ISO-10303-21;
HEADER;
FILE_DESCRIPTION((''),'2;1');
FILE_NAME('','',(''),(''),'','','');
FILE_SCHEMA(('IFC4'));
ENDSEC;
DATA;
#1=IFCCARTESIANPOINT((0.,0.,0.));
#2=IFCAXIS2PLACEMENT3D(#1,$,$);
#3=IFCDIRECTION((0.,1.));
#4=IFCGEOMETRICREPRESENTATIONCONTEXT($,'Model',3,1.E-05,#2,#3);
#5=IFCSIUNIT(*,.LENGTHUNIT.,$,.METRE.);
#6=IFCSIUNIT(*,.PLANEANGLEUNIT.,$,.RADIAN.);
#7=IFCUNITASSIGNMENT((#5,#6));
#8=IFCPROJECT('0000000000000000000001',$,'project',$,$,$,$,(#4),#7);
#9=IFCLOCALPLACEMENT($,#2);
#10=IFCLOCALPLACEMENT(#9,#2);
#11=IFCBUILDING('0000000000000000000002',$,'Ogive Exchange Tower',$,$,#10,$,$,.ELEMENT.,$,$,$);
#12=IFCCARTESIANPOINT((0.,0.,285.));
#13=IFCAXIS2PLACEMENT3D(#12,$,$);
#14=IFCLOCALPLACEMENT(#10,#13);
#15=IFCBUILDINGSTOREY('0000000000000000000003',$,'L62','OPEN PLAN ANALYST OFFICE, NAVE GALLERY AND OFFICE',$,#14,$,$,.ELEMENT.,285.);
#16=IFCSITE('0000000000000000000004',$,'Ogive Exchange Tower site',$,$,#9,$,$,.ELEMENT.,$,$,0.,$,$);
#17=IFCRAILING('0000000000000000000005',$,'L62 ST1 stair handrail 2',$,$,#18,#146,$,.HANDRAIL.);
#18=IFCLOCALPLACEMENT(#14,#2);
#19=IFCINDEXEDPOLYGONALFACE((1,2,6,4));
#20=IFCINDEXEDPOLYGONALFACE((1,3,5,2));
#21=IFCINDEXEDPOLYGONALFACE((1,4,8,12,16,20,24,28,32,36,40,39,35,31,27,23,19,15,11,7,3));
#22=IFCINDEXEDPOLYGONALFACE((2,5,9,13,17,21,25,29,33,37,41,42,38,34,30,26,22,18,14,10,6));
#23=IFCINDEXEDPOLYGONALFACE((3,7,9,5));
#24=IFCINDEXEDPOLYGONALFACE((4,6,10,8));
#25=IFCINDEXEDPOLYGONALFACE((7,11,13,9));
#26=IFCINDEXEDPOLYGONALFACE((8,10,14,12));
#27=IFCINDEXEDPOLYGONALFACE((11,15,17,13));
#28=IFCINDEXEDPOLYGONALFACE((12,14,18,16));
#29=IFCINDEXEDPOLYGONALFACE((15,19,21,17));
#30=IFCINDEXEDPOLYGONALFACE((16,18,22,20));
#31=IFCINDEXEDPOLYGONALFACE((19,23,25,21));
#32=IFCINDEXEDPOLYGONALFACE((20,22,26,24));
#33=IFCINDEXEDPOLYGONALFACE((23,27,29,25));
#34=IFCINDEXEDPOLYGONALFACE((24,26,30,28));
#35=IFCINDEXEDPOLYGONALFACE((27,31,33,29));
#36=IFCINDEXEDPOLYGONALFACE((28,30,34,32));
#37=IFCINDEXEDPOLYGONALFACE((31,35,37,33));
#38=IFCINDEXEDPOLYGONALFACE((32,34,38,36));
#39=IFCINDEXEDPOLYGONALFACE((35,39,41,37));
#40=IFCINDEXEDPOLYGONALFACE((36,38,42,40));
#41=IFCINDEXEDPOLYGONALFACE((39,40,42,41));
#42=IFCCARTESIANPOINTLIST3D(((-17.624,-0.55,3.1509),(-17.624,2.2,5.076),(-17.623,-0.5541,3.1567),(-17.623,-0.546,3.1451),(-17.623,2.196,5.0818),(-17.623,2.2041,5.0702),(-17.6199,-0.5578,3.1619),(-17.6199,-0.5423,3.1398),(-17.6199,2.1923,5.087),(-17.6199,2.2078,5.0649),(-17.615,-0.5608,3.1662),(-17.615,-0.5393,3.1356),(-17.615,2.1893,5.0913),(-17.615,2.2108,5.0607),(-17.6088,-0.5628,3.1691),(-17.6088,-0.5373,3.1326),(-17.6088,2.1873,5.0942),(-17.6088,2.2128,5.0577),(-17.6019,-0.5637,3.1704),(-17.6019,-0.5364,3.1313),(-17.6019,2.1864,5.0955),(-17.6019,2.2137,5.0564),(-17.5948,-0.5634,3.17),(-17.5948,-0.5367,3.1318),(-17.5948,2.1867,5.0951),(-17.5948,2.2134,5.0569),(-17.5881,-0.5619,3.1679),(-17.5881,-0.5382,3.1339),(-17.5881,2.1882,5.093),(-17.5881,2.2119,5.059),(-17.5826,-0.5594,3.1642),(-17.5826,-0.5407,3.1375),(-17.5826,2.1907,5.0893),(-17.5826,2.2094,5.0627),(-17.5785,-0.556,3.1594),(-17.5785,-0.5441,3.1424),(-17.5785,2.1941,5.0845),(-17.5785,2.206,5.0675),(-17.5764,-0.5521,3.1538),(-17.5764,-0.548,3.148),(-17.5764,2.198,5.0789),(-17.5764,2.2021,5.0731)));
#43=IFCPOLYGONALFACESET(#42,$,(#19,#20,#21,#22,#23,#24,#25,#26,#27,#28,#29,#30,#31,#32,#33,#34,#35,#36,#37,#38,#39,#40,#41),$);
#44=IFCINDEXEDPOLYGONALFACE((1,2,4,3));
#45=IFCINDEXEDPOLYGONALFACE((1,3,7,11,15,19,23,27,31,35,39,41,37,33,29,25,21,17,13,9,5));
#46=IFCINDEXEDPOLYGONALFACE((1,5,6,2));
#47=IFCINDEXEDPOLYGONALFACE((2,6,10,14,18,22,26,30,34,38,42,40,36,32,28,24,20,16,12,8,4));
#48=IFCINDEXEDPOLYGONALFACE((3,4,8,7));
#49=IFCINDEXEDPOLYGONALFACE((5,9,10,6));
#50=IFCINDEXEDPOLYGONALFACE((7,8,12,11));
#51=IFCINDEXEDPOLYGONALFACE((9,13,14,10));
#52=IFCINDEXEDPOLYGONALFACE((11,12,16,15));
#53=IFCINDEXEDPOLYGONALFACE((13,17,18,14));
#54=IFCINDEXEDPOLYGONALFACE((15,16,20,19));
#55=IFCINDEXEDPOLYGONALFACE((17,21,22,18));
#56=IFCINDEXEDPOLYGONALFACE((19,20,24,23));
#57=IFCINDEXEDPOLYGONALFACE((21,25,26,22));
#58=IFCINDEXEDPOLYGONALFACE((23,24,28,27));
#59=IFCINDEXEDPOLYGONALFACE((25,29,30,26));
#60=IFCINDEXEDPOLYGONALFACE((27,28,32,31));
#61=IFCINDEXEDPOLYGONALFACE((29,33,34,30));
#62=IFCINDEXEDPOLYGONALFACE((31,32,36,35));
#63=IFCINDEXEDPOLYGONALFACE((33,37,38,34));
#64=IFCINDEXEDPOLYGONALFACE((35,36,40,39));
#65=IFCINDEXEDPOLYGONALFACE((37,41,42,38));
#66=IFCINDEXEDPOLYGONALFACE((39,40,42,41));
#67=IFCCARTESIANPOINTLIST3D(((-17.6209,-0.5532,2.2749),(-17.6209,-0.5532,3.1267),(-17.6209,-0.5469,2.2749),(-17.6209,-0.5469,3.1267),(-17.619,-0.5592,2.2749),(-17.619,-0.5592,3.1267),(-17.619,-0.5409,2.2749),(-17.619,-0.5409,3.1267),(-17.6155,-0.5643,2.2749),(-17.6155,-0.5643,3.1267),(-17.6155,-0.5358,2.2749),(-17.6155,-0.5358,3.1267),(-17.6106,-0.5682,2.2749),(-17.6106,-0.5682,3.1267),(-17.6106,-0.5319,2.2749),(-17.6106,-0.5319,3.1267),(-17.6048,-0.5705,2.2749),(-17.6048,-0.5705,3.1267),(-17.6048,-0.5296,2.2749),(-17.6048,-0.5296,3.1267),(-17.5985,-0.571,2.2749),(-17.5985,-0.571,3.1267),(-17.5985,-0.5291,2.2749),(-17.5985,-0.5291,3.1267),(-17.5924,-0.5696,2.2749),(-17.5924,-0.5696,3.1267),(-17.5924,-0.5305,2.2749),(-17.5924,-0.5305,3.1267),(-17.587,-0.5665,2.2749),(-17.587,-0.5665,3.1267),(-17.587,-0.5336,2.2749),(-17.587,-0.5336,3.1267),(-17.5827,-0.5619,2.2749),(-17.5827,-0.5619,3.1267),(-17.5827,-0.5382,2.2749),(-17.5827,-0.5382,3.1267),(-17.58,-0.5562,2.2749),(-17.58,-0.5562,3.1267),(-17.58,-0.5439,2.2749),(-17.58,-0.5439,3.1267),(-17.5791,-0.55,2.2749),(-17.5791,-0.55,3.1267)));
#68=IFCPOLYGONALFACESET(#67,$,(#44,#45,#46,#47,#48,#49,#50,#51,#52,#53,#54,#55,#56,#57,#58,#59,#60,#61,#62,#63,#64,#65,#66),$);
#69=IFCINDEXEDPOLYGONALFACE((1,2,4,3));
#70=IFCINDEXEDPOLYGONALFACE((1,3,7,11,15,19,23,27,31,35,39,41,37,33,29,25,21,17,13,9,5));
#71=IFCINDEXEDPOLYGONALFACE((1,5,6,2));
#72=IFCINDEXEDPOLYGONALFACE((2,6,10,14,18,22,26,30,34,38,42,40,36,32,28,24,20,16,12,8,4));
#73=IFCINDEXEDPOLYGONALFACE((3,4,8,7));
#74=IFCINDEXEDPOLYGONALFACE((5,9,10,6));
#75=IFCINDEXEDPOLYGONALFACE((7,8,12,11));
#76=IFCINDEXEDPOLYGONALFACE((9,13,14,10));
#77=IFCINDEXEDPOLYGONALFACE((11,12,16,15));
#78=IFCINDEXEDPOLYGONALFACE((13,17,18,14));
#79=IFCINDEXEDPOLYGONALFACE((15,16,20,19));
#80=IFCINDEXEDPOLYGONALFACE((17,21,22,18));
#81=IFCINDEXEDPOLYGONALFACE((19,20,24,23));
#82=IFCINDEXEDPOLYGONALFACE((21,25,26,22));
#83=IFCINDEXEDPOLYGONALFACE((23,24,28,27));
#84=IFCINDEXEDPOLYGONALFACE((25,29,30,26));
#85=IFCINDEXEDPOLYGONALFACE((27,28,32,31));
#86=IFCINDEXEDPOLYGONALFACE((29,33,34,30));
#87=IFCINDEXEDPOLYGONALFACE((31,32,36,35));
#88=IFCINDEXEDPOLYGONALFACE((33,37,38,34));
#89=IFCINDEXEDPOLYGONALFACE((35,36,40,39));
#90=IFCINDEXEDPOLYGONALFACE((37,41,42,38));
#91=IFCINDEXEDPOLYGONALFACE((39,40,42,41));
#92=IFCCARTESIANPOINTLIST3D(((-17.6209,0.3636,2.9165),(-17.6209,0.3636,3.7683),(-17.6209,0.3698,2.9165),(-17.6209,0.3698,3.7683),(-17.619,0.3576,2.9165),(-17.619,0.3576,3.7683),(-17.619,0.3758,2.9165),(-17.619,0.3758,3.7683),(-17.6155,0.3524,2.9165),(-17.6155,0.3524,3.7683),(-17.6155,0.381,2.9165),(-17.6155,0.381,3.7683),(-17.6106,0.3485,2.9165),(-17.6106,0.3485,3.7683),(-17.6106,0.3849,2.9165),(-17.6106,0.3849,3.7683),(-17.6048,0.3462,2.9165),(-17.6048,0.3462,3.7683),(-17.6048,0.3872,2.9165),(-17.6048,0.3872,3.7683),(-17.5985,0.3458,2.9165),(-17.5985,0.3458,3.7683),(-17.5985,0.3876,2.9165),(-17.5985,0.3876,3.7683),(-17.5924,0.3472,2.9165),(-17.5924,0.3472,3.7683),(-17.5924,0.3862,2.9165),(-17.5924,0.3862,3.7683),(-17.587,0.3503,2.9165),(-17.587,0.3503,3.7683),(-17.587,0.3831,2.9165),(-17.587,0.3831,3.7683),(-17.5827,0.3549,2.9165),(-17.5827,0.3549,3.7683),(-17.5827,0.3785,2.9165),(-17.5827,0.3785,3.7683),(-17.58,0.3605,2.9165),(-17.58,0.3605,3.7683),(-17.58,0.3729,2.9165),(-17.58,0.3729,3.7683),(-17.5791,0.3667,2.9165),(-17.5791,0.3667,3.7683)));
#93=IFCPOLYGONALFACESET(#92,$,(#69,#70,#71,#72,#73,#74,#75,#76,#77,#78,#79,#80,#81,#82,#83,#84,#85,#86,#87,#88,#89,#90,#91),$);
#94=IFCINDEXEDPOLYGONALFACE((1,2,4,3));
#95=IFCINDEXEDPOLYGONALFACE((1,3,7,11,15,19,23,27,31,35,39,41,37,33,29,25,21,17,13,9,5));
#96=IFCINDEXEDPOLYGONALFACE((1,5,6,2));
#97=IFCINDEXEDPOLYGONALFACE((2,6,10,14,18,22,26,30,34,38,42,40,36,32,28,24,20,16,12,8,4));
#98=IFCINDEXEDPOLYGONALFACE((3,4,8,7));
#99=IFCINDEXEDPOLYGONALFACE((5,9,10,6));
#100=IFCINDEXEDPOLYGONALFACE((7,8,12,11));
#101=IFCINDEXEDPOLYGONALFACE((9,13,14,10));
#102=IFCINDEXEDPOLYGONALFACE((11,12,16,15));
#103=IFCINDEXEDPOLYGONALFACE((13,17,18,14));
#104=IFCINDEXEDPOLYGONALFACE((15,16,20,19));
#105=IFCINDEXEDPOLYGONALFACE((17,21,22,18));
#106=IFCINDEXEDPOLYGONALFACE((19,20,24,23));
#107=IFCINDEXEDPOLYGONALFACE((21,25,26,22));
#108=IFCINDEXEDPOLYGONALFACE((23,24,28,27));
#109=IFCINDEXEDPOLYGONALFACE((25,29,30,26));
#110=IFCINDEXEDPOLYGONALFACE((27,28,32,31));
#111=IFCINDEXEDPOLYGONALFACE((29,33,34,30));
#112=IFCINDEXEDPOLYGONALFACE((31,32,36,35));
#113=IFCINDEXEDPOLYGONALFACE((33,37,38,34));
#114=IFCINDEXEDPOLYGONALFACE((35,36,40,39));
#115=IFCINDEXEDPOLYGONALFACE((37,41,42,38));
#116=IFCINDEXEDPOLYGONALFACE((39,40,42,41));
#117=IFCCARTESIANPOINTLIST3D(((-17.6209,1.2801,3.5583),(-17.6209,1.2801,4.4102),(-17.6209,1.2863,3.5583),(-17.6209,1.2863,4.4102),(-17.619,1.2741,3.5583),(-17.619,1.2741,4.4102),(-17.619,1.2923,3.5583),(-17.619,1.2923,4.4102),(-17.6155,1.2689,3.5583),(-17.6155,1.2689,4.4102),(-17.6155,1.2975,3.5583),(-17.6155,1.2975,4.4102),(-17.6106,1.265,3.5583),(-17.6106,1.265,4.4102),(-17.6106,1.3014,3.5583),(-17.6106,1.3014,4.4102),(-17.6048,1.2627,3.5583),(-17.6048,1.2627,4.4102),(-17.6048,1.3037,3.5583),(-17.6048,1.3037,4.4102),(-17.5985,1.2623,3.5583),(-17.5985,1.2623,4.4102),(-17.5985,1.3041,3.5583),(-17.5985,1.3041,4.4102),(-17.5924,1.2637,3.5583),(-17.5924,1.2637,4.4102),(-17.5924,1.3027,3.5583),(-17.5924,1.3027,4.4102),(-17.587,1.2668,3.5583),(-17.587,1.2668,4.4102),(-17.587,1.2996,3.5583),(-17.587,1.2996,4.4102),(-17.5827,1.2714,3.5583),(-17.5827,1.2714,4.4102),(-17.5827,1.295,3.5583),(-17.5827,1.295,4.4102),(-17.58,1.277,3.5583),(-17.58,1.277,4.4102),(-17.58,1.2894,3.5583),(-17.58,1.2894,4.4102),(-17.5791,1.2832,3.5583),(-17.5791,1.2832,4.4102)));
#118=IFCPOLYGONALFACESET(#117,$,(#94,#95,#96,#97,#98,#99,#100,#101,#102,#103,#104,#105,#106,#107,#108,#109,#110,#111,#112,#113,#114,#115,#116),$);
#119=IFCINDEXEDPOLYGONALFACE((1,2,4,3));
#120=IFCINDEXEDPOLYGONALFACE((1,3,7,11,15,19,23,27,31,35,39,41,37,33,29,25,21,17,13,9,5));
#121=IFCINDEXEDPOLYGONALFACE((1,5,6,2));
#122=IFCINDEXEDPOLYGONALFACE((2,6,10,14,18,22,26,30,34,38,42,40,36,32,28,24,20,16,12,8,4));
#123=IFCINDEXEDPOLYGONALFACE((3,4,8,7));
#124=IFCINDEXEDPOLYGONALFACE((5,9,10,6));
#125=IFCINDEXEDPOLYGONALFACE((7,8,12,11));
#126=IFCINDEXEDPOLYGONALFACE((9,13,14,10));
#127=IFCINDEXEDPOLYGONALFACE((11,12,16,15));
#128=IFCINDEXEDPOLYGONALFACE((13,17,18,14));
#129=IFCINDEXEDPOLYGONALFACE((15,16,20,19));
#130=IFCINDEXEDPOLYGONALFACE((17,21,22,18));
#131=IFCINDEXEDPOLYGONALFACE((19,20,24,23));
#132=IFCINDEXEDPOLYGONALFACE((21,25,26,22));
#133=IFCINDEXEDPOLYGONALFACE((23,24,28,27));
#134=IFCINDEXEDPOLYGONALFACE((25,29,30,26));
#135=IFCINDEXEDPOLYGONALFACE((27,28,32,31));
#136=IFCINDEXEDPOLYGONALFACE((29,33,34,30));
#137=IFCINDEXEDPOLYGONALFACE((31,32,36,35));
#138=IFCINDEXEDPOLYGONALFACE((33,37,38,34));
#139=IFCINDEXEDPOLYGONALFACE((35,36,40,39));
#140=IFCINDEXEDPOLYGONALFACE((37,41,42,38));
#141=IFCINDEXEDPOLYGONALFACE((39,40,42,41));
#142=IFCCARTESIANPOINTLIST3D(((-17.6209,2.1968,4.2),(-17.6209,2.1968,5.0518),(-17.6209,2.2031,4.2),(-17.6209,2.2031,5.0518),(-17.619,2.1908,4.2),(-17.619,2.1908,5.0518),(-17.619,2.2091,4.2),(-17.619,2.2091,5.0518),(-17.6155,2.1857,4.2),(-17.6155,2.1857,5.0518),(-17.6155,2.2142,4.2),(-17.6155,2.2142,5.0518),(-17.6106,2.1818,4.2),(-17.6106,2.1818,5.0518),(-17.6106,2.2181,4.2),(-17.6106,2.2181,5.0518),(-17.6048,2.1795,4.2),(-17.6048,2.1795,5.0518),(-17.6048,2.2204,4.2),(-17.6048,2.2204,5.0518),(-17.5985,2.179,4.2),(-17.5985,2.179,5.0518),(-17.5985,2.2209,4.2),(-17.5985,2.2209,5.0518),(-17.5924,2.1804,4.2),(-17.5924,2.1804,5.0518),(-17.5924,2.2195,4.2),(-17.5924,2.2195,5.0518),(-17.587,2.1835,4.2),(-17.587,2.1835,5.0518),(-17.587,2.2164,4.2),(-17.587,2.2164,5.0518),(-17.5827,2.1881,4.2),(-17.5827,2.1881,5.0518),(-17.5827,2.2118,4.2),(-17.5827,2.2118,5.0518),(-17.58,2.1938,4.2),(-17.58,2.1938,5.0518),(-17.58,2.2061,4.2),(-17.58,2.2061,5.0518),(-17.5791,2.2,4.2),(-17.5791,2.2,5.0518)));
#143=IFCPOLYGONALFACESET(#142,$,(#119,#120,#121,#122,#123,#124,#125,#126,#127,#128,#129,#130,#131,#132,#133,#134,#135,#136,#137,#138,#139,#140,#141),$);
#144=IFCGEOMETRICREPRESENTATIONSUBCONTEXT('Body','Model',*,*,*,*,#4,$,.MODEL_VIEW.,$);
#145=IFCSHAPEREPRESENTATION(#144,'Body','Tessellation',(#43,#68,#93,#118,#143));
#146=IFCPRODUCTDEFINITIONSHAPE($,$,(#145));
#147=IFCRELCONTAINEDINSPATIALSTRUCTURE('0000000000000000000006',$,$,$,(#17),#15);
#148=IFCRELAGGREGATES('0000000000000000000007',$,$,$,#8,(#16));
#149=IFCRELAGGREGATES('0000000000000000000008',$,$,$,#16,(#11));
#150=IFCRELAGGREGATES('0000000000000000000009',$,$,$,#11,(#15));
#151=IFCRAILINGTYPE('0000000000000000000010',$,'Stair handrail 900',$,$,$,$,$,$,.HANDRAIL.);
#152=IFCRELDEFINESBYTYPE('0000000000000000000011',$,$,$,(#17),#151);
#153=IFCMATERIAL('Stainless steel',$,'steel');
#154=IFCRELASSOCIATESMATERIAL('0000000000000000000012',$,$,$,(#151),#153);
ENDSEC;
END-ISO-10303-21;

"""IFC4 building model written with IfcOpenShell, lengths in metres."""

from ifc_helpers import new_model, si_unit, direction, frame, origin, origin_2d, place, context, subcontext, project, spatial, circle, extrude, material, type_object, element, save


model = new_model("IFC4")

# Units and contexts
model_context = context("Model", 3, precision=1e-05, world=origin(), true_north=direction((0.0, 1.0)))
body_context = subcontext(model_context, "Body", "Model", "MODEL_VIEW")
ifc_project = project(units=[si_unit("LENGTHUNIT", "METRE"), si_unit("PLANEANGLEUNIT", "RADIAN")], contexts=[model_context])

# Site, building, storey
site_placement = place(None, origin())
site = spatial("IfcSite", under=ifc_project, at=site_placement, Name="Ogive Exchange Tower site", CompositionType="ELEMENT", RefElevation=0.0)
building_placement = place(site_placement, origin())
building = spatial("IfcBuilding", under=site, at=building_placement, Name="Ogive Exchange Tower", CompositionType="ELEMENT")
storey_placement = place(building_placement, frame((0.0, 0.0, 285.0)))
storey = spatial("IfcBuildingStorey", under=building, at=storey_placement, Name="L62", Description="OPEN PLAN ANALYST OFFICE, NAVE GALLERY AND OFFICE", CompositionType="ELEMENT", Elevation=285.0)

# Shared definitions
ifc_material_1 = material(Name="Stainless steel", Category="steel")

# Railing
railing_type = type_object("IfcRailingType", Name="Stair handrail 900", PredefinedType="HANDRAIL", material=ifc_material_1)
railing_placement = place(storey_placement, frame((-17.6001, -0.55, 2.2749)))
element("IfcRailing", 1, at=railing_placement, inside=storey, type_object=railing_type, Name="L62 ST1 stair handrail 2", PredefinedType="HANDRAIL", context=body_context, shape_type="SweptSolid", body=[
    extrude(circle(Radius=0.0239, at=origin_2d()), frame((0.0, 0.0, 0.876), z_axis=(0.0, 0.819225, 0.573472), x_axis=(-1.0, 0.0, 0.0)), (0.0, 0.0, 1.0), 3.3569),
    extrude(circle(Radius=0.021, at=origin_2d()), origin(), (0.0, 0.0, 1.0), 0.8518),
    extrude(circle(Radius=0.021, at=origin_2d()), frame((0.0, 0.9167, 0.6416)), (0.0, 0.0, 1.0), 0.8518),
    extrude(circle(Radius=0.021, at=origin_2d()), frame((0.0, 1.8333, 1.2834)), (0.0, 0.0, 1.0), 0.8518),
    extrude(circle(Radius=0.021, at=origin_2d()), frame((0.0, 2.75, 1.925)), (0.0, 0.0, 1.0), 0.8518),
])

save(model, "model.ifc")
